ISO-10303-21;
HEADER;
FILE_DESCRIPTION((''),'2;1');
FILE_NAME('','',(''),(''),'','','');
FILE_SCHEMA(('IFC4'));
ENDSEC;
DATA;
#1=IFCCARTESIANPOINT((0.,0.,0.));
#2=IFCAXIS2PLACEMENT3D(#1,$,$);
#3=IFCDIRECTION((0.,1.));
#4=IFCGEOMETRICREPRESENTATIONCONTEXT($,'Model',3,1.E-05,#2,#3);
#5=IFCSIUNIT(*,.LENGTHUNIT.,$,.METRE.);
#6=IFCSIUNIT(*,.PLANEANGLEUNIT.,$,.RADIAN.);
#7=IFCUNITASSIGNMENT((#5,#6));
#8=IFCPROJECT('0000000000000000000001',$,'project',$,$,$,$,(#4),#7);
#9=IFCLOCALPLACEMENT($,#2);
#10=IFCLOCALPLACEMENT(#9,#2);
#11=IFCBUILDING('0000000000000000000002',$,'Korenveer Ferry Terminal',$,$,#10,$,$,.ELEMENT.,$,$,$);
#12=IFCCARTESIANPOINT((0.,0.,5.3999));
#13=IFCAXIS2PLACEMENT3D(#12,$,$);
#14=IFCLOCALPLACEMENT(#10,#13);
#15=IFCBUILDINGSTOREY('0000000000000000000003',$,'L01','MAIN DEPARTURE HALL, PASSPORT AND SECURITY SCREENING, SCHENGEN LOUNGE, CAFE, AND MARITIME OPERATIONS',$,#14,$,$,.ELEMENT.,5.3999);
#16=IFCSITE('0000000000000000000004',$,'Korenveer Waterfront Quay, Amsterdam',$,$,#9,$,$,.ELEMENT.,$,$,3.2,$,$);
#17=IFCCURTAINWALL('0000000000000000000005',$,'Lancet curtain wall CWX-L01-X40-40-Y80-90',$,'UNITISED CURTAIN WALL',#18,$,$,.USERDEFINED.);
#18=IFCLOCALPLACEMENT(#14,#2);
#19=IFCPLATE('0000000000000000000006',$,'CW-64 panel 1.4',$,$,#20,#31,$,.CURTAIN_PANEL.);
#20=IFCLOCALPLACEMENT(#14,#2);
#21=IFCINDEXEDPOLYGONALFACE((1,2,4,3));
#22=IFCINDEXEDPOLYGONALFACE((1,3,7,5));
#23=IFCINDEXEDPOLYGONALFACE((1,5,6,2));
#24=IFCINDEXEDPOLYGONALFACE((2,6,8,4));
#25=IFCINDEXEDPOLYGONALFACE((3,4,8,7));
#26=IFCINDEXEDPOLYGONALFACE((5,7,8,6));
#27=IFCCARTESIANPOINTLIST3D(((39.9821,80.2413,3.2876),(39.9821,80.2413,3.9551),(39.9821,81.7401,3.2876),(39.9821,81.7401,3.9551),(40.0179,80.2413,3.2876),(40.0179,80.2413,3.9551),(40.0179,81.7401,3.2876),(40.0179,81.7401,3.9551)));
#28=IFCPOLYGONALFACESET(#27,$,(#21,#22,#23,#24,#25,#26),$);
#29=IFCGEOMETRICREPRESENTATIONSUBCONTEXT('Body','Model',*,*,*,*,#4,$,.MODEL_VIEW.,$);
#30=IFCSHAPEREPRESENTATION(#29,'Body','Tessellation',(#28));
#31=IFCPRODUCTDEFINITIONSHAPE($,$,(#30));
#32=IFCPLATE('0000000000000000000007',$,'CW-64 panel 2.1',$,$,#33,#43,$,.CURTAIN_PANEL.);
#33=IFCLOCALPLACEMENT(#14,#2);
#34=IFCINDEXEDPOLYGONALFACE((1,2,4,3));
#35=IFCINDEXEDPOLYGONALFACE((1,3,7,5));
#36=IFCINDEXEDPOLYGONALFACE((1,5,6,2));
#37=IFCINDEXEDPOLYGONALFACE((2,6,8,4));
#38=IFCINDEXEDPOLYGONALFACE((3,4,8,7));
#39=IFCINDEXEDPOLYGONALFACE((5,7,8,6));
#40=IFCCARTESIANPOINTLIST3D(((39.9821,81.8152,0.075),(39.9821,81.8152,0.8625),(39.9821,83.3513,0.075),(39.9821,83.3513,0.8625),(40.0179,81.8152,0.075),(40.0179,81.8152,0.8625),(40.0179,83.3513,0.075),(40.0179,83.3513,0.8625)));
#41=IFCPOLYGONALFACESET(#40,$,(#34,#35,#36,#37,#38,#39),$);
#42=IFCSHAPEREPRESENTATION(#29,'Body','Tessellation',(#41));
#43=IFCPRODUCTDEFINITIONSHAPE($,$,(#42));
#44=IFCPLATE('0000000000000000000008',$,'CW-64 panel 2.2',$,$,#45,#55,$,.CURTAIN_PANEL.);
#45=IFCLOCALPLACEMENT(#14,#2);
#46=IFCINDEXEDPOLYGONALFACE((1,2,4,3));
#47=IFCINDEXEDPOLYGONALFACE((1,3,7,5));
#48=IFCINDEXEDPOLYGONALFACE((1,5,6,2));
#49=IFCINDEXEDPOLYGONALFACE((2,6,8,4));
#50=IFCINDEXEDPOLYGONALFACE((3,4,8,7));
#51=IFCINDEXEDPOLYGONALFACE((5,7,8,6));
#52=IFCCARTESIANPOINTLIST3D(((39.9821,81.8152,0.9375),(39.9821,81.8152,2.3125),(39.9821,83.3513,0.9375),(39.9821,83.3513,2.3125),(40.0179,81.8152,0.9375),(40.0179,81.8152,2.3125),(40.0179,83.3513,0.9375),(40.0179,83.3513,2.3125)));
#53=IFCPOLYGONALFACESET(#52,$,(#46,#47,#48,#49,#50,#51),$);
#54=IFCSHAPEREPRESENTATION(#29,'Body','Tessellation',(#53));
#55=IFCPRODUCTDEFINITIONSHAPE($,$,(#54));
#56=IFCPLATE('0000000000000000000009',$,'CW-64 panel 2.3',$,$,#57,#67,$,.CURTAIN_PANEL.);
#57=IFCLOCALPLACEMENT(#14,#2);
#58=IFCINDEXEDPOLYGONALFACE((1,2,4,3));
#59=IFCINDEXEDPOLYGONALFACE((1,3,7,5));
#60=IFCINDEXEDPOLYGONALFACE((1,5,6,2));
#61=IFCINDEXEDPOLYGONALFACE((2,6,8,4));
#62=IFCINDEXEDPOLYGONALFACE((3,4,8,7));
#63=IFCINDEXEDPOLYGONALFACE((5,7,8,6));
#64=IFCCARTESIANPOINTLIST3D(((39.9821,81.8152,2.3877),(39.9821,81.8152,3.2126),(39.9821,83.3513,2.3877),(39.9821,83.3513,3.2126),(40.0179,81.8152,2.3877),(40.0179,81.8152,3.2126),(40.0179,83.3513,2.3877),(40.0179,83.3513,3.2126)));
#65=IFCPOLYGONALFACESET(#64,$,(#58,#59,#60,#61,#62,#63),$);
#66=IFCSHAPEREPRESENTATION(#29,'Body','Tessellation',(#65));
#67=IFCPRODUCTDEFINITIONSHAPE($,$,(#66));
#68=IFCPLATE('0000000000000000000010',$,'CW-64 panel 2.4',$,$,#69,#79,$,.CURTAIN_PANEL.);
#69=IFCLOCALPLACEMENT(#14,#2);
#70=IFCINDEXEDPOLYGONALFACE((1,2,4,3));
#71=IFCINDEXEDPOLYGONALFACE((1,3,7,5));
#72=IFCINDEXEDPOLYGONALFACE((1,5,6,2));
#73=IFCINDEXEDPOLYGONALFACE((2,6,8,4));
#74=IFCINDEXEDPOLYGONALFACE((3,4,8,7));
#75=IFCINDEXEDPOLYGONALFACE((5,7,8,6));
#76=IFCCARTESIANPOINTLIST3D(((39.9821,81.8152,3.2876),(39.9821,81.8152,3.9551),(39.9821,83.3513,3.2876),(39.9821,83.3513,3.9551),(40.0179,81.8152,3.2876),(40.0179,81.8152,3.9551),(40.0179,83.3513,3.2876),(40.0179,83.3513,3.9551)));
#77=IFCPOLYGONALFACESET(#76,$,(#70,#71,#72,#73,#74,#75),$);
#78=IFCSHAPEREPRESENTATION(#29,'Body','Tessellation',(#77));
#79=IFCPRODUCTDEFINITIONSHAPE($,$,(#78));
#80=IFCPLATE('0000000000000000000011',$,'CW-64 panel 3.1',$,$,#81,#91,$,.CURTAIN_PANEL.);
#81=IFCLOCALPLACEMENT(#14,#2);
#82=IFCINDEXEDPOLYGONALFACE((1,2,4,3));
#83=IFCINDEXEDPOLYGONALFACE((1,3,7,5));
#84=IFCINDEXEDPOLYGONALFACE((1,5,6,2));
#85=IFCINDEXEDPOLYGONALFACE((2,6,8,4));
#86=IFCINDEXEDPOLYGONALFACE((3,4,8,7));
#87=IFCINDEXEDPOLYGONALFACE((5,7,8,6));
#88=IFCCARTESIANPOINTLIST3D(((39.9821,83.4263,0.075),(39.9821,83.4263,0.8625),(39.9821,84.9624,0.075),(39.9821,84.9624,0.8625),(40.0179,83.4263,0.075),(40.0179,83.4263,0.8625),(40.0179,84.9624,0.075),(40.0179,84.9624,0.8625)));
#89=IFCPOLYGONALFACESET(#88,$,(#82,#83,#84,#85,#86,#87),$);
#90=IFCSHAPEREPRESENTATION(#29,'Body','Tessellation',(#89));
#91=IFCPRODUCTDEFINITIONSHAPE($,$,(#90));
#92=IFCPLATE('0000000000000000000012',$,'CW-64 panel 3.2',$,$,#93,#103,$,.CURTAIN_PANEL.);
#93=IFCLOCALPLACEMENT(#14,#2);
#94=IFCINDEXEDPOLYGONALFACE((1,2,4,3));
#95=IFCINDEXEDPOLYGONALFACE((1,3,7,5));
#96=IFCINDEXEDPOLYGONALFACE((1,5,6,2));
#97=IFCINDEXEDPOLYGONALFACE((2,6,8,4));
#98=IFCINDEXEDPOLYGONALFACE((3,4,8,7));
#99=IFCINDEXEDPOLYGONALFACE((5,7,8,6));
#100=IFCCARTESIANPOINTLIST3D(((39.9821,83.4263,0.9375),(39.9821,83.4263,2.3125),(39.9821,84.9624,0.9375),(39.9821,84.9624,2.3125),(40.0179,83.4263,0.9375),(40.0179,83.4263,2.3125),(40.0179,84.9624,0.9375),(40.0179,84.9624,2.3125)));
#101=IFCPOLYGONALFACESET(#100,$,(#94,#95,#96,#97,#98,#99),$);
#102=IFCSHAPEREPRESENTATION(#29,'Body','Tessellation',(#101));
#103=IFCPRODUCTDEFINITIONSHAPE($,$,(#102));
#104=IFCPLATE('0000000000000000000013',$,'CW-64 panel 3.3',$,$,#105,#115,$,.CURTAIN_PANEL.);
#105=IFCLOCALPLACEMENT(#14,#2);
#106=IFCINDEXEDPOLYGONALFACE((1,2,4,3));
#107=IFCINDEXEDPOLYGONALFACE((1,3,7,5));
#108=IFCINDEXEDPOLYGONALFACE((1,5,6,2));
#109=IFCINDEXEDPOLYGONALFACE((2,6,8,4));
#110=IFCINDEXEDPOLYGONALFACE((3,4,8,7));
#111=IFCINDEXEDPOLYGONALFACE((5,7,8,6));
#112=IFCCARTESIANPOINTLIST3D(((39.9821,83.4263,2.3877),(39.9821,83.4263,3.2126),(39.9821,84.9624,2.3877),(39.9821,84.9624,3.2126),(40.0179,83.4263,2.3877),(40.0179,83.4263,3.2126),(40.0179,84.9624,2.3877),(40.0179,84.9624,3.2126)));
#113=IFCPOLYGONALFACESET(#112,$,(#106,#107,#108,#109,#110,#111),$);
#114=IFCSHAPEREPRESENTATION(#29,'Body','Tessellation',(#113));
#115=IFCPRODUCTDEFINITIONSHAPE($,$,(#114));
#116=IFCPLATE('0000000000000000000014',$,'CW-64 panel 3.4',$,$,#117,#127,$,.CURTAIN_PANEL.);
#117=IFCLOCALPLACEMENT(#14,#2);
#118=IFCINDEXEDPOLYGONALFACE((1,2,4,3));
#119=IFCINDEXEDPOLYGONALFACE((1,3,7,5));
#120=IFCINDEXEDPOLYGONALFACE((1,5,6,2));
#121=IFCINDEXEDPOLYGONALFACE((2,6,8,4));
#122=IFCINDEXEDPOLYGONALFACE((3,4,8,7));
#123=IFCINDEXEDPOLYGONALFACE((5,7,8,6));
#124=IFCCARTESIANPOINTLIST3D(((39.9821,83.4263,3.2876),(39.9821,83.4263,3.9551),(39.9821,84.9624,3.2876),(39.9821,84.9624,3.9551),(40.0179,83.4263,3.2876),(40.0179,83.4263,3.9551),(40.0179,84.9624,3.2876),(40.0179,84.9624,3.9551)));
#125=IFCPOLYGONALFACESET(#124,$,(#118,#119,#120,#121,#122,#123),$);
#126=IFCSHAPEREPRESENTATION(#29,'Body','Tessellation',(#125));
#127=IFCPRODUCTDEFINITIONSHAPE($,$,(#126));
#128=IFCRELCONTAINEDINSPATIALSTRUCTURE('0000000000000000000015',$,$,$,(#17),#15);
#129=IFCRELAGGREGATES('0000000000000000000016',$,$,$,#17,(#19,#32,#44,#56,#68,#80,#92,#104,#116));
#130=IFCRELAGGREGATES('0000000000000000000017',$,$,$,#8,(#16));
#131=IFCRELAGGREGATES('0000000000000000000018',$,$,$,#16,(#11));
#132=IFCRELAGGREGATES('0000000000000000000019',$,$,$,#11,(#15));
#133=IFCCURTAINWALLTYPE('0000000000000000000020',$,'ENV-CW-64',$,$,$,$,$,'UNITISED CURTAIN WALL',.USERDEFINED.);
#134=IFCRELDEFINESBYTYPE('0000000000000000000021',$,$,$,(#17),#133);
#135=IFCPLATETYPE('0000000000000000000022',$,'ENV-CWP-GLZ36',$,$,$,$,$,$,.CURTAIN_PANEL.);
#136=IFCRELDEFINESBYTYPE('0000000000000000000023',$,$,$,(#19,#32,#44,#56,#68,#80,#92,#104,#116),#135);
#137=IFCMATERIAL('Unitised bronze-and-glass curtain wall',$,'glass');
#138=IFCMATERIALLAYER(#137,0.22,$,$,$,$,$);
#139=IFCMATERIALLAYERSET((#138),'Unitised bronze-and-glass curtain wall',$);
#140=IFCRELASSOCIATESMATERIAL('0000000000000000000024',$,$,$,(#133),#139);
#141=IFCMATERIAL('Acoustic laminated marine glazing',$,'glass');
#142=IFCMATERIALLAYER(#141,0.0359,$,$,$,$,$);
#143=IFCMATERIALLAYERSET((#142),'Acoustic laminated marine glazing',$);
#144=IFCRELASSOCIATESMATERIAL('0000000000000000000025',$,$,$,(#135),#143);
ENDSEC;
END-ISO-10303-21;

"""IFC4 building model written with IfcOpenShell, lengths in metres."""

from ifc_helpers import new_model, si_unit, direction, frame, origin, origin_2d, place, context, subcontext, project, spatial, rectangle, extrude, material, layer, layer_set, type_object, element, aggregate, save


model = new_model("IFC4")

# Units and contexts
model_context = context("Model", 3, precision=1e-05, world=origin(), true_north=direction((0.0, 1.0)))
body_context = subcontext(model_context, "Body", "Model", "MODEL_VIEW")
ifc_project = project(units=[si_unit("LENGTHUNIT", "METRE"), si_unit("PLANEANGLEUNIT", "RADIAN")], contexts=[model_context])

# Site, building, storey
site_placement = place(None, origin())
site = spatial("IfcSite", under=ifc_project, at=site_placement, Name="Korenveer Waterfront Quay, Amsterdam", CompositionType="ELEMENT", RefElevation=3.2)
building_placement = place(site_placement, origin())
building = spatial("IfcBuilding", under=site, at=building_placement, Name="Korenveer Ferry Terminal", CompositionType="ELEMENT")
storey_placement = place(building_placement, frame((0.0, 0.0, 5.3999)))
storey = spatial("IfcBuildingStorey", under=building, at=storey_placement, Name="L01", Description="MAIN DEPARTURE HALL, PASSPORT AND SECURITY SCREENING, SCHENGEN LOUNGE, CAFE, AND MARITIME OPERATIONS", CompositionType="ELEMENT", Elevation=5.3999)

# Curtain wall
ifc_material_1 = material(Name="Unitised bronze-and-glass curtain wall", Category="glass")
ifc_layer_1 = layer(ifc_material_1, 0.22)
ifc_layer_set_1 = layer_set([ifc_layer_1], Name="Unitised bronze-and-glass curtain wall")
curtain_wall_type = type_object("IfcCurtainWallType", Name="ENV-CW-64", ElementType="UNITISED CURTAIN WALL", PredefinedType="USERDEFINED", material=ifc_layer_set_1)
curtain_wall_placement = place(storey_placement, frame((40.0, 80.1665, 0.0)))
curtain_wall = element("IfcCurtainWall", 1, at=curtain_wall_placement, inside=storey, type_object=curtain_wall_type, Name="Lancet curtain wall CWX-L01-X40-40-Y80-90", ObjectType="UNITISED CURTAIN WALL", PredefinedType="USERDEFINED")

# Plates
ifc_material_2 = material(Name="Acoustic laminated marine glazing", Category="glass")
ifc_layer_2 = layer(ifc_material_2, 0.0359)
ifc_layer_set_2 = layer_set([ifc_layer_2], Name="Acoustic laminated marine glazing")
plate_type = type_object("IfcPlateType", Name="ENV-CWP-GLZ36", PredefinedType="CURTAIN_PANEL", material=ifc_layer_set_2)
plate_1_placement = place(storey_placement, frame((40.0, 80.9907, 3.2876), z_axis=(0.0, 0.0, 1.0), x_axis=(0.0, 1.0, 0.0)))
plate_1 = element("IfcPlate", 2, at=plate_1_placement, type_object=plate_type, Name="CW-64 panel 1.4", PredefinedType="CURTAIN_PANEL", context=body_context, shape_type="SweptSolid", body=[
    extrude(rectangle(XDim=1.4988, YDim=0.0359, at=origin_2d()), origin(), (0.0, 0.0, 1.0), 0.6675),
])
plate_2_placement = place(storey_placement, frame((40.0, 82.5833, 0.075), z_axis=(0.0, 0.0, 1.0), x_axis=(0.0, 1.0, 0.0)))
plate_2 = element("IfcPlate", 3, at=plate_2_placement, type_object=plate_type, Name="CW-64 panel 2.1", PredefinedType="CURTAIN_PANEL", context=body_context, shape_type="SweptSolid", body=[
    extrude(rectangle(XDim=1.5361, YDim=0.0359, at=origin_2d()), origin(), (0.0, 0.0, 1.0), 0.7876),
])
plate_3_placement = place(storey_placement, frame((40.0, 82.5833, 0.9375), z_axis=(0.0, 0.0, 1.0), x_axis=(0.0, 1.0, 0.0)))
plate_3 = element("IfcPlate", 4, at=plate_3_placement, type_object=plate_type, Name="CW-64 panel 2.2", PredefinedType="CURTAIN_PANEL", context=body_context, shape_type="SweptSolid", body=[
    extrude(rectangle(XDim=1.5361, YDim=0.0359, at=origin_2d()), origin(), (0.0, 0.0, 1.0), 1.375),
])
plate_4_placement = place(storey_placement, frame((40.0, 82.5833, 2.3877), z_axis=(0.0, 0.0, 1.0), x_axis=(0.0, 1.0, 0.0)))
plate_4 = element("IfcPlate", 5, at=plate_4_placement, type_object=plate_type, Name="CW-64 panel 2.3", PredefinedType="CURTAIN_PANEL", context=body_context, shape_type="SweptSolid", body=[
    extrude(rectangle(XDim=1.5361, YDim=0.0359, at=origin_2d()), origin(), (0.0, 0.0, 1.0), 0.825),
])
plate_5_placement = place(storey_placement, frame((40.0, 82.5833, 3.2876), z_axis=(0.0, 0.0, 1.0), x_axis=(0.0, 1.0, 0.0)))
plate_5 = element("IfcPlate", 6, at=plate_5_placement, type_object=plate_type, Name="CW-64 panel 2.4", PredefinedType="CURTAIN_PANEL", context=body_context, shape_type="SweptSolid", body=[
    extrude(rectangle(XDim=1.5361, YDim=0.0359, at=origin_2d()), origin(), (0.0, 0.0, 1.0), 0.6675),
])
plate_6_placement = place(storey_placement, frame((40.0, 84.1943, 0.075), z_axis=(0.0, 0.0, 1.0), x_axis=(0.0, 1.0, 0.0)))
plate_6 = element("IfcPlate", 7, at=plate_6_placement, type_object=plate_type, Name="CW-64 panel 3.1", PredefinedType="CURTAIN_PANEL", context=body_context, shape_type="SweptSolid", body=[
    extrude(rectangle(XDim=1.5361, YDim=0.0359, at=origin_2d()), origin(), (0.0, 0.0, 1.0), 0.7876),
])
plate_7_placement = place(storey_placement, frame((40.0, 84.1943, 0.9375), z_axis=(0.0, 0.0, 1.0), x_axis=(0.0, 1.0, 0.0)))
plate_7 = element("IfcPlate", 8, at=plate_7_placement, type_object=plate_type, Name="CW-64 panel 3.2", PredefinedType="CURTAIN_PANEL", context=body_context, shape_type="SweptSolid", body=[
    extrude(rectangle(XDim=1.5361, YDim=0.0359, at=origin_2d()), origin(), (0.0, 0.0, 1.0), 1.375),
])
plate_8_placement = place(storey_placement, frame((40.0, 84.1943, 2.3877), z_axis=(0.0, 0.0, 1.0), x_axis=(0.0, 1.0, 0.0)))
plate_8 = element("IfcPlate", 9, at=plate_8_placement, type_object=plate_type, Name="CW-64 panel 3.3", PredefinedType="CURTAIN_PANEL", context=body_context, shape_type="SweptSolid", body=[
    extrude(rectangle(XDim=1.5361, YDim=0.0359, at=origin_2d()), origin(), (0.0, 0.0, 1.0), 0.825),
])
plate_9_placement = place(storey_placement, frame((40.0, 84.1943, 3.2876), z_axis=(0.0, 0.0, 1.0), x_axis=(0.0, 1.0, 0.0)))
plate_9 = element("IfcPlate", 10, at=plate_9_placement, type_object=plate_type, Name="CW-64 panel 3.4", PredefinedType="CURTAIN_PANEL", context=body_context, shape_type="SweptSolid", body=[
    extrude(rectangle(XDim=1.5361, YDim=0.0359, at=origin_2d()), origin(), (0.0, 0.0, 1.0), 0.6675),
])
aggregate(curtain_wall, [plate_1, plate_2, plate_3, plate_4, plate_5, plate_6, plate_7, plate_8, plate_9])

save(model, "model.ifc")
